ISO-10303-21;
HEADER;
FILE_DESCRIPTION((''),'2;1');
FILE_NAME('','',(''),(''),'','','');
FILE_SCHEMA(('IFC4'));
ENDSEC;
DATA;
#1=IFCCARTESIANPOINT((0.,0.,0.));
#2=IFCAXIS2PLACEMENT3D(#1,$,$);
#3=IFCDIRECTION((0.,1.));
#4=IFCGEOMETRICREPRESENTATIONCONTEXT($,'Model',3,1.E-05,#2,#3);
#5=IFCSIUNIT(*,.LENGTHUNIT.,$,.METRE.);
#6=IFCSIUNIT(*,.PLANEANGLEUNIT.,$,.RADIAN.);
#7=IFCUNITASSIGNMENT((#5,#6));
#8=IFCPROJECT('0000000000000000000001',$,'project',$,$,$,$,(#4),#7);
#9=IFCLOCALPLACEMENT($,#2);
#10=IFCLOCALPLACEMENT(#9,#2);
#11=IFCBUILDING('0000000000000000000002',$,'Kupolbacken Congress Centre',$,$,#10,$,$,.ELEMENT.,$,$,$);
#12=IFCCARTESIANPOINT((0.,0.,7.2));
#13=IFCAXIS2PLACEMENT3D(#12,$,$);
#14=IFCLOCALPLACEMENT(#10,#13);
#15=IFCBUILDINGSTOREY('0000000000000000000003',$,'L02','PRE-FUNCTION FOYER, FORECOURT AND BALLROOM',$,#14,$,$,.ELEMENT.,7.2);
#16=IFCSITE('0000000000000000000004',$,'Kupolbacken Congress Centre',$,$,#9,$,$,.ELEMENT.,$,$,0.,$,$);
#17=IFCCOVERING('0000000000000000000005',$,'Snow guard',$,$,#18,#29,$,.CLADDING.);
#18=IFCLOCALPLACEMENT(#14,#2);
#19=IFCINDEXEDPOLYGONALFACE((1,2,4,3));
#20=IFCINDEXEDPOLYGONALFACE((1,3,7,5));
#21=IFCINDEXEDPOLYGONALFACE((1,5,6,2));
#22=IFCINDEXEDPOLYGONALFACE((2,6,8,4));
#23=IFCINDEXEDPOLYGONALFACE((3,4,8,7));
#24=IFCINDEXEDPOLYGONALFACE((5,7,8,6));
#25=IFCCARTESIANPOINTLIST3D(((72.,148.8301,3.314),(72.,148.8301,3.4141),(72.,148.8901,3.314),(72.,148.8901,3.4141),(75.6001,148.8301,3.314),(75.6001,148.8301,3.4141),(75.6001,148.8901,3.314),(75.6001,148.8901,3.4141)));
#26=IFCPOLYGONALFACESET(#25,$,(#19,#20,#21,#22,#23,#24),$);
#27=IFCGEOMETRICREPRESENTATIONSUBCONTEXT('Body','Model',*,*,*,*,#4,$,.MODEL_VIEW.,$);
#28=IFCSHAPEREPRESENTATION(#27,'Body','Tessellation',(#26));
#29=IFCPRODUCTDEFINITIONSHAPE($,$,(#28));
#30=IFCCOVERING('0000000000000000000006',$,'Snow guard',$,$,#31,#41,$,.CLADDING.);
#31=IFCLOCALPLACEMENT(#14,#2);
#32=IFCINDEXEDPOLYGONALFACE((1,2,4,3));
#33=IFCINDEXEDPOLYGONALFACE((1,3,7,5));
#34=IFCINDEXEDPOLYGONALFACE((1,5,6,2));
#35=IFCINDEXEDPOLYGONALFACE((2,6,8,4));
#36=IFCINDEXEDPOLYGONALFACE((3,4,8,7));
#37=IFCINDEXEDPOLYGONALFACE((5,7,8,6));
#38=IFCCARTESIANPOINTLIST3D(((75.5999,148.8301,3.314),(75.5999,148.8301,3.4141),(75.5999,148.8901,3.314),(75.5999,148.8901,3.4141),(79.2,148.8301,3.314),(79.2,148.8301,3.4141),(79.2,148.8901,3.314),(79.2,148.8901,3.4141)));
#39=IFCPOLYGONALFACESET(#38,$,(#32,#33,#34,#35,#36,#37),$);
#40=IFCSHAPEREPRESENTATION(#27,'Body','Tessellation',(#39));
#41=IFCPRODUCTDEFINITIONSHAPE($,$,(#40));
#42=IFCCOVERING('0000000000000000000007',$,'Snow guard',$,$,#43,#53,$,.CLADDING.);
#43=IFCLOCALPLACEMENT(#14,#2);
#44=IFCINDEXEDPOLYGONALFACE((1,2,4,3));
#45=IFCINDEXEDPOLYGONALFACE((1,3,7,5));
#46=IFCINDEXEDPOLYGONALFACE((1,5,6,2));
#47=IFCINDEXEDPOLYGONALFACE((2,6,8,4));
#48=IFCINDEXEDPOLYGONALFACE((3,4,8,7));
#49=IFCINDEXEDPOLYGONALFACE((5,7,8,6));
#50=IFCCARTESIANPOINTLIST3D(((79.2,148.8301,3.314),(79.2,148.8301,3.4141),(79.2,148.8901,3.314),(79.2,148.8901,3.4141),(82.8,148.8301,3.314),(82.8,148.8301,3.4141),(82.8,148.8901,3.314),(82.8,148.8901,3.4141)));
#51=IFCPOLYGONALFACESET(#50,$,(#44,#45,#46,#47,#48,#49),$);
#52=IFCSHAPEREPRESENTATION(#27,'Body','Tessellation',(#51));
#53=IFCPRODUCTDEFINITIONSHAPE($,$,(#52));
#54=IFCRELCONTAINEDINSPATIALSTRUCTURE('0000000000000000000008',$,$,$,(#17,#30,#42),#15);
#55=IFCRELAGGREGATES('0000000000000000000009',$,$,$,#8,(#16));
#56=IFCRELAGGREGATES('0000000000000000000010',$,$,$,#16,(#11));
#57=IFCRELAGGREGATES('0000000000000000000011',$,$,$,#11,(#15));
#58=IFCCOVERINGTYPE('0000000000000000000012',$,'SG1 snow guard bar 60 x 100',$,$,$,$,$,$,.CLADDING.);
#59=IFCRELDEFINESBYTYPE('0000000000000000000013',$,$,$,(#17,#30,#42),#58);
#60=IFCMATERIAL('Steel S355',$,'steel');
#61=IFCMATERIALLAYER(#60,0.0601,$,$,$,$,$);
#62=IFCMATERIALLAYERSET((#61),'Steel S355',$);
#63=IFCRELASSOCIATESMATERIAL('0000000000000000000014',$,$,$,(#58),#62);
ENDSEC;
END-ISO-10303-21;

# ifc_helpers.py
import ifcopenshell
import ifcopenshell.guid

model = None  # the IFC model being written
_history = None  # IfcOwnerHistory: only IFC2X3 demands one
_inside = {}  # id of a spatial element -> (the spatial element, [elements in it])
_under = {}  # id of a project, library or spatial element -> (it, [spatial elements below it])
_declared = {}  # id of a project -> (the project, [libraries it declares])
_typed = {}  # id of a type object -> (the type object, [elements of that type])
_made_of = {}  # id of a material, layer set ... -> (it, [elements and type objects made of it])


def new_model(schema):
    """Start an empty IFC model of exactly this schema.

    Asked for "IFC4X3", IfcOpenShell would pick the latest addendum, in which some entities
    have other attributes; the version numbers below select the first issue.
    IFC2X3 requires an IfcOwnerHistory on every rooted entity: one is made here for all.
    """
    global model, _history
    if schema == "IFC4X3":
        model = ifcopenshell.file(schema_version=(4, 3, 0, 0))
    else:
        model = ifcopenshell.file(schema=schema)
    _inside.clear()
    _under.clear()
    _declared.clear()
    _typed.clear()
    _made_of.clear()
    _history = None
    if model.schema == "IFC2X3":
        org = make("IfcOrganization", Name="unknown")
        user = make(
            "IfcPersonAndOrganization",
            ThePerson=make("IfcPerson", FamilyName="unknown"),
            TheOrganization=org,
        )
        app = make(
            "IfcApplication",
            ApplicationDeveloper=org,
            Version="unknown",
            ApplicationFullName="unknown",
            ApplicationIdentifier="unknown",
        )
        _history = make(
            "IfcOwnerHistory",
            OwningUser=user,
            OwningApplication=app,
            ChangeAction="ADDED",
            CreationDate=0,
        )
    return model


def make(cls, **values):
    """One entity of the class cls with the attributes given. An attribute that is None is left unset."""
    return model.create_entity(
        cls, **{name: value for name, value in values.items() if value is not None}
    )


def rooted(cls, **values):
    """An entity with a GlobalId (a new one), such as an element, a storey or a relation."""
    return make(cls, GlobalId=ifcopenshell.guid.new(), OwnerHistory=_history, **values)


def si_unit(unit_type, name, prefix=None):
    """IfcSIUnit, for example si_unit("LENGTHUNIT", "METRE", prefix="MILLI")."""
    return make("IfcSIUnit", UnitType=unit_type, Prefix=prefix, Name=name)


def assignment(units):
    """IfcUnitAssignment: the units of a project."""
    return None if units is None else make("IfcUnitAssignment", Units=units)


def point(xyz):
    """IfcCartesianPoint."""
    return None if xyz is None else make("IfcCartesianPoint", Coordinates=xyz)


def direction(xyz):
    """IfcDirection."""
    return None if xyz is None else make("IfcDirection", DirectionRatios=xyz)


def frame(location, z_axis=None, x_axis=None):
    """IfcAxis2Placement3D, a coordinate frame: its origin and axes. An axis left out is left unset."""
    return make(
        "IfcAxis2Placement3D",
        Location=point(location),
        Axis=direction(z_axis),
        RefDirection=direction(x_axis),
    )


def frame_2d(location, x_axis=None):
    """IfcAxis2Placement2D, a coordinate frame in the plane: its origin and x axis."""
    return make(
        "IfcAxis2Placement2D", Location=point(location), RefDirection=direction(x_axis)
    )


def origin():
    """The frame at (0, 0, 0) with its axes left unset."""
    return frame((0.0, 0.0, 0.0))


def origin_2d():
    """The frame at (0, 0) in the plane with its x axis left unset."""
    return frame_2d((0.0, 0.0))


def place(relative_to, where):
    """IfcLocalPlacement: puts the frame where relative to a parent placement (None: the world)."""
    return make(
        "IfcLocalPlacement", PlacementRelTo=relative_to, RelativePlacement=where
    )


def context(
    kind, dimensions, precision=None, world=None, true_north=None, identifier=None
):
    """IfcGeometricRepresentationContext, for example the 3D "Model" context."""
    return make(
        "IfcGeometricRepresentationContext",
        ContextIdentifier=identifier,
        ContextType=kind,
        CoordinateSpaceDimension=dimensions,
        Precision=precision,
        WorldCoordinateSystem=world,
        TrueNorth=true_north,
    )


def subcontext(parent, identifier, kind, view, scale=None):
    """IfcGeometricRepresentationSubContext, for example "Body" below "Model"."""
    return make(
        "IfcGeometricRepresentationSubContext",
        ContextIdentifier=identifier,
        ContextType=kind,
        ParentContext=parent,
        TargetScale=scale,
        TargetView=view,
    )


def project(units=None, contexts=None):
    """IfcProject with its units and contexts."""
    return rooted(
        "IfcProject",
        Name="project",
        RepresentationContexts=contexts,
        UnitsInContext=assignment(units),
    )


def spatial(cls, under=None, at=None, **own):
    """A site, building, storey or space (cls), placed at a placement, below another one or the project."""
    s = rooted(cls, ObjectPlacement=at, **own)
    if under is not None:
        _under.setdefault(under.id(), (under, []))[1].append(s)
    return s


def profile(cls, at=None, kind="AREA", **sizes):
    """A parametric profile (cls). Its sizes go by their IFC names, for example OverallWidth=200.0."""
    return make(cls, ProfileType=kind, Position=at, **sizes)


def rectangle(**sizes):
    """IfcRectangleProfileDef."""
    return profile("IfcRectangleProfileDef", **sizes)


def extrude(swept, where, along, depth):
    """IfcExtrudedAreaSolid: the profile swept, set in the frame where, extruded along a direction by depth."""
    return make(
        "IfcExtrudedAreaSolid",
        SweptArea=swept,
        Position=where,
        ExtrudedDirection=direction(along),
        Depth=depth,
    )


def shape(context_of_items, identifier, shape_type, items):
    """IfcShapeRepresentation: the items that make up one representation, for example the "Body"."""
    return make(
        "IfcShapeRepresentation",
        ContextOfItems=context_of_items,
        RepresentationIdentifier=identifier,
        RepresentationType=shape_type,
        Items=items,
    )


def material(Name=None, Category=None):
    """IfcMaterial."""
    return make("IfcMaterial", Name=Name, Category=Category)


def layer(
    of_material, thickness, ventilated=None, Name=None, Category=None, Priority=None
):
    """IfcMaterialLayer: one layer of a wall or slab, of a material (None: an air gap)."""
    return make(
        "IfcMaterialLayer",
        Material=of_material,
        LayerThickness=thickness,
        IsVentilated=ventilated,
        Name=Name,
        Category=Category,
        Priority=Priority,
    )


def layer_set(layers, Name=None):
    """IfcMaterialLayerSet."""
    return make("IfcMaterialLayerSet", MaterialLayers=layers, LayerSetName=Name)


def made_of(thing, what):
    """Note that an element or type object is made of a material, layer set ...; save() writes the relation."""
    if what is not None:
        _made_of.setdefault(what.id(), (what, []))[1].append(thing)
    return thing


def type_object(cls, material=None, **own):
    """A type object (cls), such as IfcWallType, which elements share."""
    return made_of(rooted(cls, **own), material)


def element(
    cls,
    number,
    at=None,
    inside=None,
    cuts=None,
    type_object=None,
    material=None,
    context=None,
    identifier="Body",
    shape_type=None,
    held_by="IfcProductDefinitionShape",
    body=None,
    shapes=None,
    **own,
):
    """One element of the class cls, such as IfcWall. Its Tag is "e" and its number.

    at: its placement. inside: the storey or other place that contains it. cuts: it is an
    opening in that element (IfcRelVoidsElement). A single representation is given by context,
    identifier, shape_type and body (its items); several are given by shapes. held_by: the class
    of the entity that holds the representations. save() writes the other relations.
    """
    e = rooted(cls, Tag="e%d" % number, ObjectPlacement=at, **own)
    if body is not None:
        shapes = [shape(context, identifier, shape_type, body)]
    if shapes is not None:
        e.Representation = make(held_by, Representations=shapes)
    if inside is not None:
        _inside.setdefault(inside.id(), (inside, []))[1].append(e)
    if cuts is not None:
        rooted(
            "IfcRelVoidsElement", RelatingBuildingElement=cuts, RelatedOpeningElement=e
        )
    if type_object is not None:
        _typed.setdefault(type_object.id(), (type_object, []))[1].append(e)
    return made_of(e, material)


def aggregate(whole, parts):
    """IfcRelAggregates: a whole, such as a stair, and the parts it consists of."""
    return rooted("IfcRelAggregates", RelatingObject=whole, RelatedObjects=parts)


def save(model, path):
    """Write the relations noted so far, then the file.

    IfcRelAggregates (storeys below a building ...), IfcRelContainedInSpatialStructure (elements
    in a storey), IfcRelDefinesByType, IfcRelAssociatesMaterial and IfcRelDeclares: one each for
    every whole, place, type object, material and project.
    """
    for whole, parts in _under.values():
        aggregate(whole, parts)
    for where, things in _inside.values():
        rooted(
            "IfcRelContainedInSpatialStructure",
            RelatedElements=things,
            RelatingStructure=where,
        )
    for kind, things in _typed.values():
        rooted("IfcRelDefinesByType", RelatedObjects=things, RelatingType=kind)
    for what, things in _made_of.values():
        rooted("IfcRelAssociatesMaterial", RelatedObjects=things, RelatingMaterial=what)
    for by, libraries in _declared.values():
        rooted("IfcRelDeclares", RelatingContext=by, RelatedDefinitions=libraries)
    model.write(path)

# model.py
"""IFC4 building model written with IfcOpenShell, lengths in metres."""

from ifc_helpers import new_model, si_unit, direction, frame, origin, origin_2d, place, context, subcontext, project, spatial, rectangle, extrude, material, layer, layer_set, type_object, element, save


model = new_model("IFC4")

# Units and contexts
model_context = context("Model", 3, precision=1e-05, world=origin(), true_north=direction((0.0, 1.0)))
body_context = subcontext(model_context, "Body", "Model", "MODEL_VIEW")
ifc_project = project(units=[si_unit("LENGTHUNIT", "METRE"), si_unit("PLANEANGLEUNIT", "RADIAN")], contexts=[model_context])

# Site, building, storey
site_placement = place(None, origin())
site = spatial("IfcSite", under=ifc_project, at=site_placement, Name="Kupolbacken Congress Centre", CompositionType="ELEMENT", RefElevation=0.0)
building_placement = place(site_placement, origin())
building = spatial("IfcBuilding", under=site, at=building_placement, Name="Kupolbacken Congress Centre", CompositionType="ELEMENT")
storey_placement = place(building_placement, frame((0.0, 0.0, 7.2)))
storey = spatial("IfcBuildingStorey", under=building, at=storey_placement, Name="L02", Description="PRE-FUNCTION FOYER, FORECOURT AND BALLROOM", CompositionType="ELEMENT", Elevation=7.2)

# Coverings
ifc_material_1 = material(Name="Steel S355", Category="steel")
ifc_layer_1 = layer(ifc_material_1, 0.0601)
ifc_layer_set_1 = layer_set([ifc_layer_1], Name="Steel S355")
covering_type_1 = type_object("IfcCoveringType", Name="SG1 snow guard bar 60 x 100", PredefinedType="CLADDING", material=ifc_layer_set_1)
for number, where, z_axis, x_axis, name in (
    (1, (73.8, 148.8601, 3.314), (0.0, 0.0, 1.0), (1.0, 0.0, 0.0), "Snow guard"),
    (2, (77.3999, 148.8601, 3.314), (0.0, 0.0, 1.0), (1.0, 0.0, 0.0), "Snow guard"),
    (3, (81.0, 148.8601, 3.314), (0.0, 0.0, 1.0), (1.0, 0.0, 0.0), "Snow guard"),
):
    element("IfcCovering", number, at=place(storey_placement, frame(where, z_axis=z_axis, x_axis=x_axis)), inside=storey, type_object=covering_type_1, Name=name, PredefinedType="CLADDING", context=body_context, shape_type="SweptSolid", body=[
        extrude(rectangle(XDim=3.6001, YDim=0.0601, at=origin_2d()), origin(), (0.0, 0.0, 1.0), 0.1001),
    ])

save(model, "model.ifc")
